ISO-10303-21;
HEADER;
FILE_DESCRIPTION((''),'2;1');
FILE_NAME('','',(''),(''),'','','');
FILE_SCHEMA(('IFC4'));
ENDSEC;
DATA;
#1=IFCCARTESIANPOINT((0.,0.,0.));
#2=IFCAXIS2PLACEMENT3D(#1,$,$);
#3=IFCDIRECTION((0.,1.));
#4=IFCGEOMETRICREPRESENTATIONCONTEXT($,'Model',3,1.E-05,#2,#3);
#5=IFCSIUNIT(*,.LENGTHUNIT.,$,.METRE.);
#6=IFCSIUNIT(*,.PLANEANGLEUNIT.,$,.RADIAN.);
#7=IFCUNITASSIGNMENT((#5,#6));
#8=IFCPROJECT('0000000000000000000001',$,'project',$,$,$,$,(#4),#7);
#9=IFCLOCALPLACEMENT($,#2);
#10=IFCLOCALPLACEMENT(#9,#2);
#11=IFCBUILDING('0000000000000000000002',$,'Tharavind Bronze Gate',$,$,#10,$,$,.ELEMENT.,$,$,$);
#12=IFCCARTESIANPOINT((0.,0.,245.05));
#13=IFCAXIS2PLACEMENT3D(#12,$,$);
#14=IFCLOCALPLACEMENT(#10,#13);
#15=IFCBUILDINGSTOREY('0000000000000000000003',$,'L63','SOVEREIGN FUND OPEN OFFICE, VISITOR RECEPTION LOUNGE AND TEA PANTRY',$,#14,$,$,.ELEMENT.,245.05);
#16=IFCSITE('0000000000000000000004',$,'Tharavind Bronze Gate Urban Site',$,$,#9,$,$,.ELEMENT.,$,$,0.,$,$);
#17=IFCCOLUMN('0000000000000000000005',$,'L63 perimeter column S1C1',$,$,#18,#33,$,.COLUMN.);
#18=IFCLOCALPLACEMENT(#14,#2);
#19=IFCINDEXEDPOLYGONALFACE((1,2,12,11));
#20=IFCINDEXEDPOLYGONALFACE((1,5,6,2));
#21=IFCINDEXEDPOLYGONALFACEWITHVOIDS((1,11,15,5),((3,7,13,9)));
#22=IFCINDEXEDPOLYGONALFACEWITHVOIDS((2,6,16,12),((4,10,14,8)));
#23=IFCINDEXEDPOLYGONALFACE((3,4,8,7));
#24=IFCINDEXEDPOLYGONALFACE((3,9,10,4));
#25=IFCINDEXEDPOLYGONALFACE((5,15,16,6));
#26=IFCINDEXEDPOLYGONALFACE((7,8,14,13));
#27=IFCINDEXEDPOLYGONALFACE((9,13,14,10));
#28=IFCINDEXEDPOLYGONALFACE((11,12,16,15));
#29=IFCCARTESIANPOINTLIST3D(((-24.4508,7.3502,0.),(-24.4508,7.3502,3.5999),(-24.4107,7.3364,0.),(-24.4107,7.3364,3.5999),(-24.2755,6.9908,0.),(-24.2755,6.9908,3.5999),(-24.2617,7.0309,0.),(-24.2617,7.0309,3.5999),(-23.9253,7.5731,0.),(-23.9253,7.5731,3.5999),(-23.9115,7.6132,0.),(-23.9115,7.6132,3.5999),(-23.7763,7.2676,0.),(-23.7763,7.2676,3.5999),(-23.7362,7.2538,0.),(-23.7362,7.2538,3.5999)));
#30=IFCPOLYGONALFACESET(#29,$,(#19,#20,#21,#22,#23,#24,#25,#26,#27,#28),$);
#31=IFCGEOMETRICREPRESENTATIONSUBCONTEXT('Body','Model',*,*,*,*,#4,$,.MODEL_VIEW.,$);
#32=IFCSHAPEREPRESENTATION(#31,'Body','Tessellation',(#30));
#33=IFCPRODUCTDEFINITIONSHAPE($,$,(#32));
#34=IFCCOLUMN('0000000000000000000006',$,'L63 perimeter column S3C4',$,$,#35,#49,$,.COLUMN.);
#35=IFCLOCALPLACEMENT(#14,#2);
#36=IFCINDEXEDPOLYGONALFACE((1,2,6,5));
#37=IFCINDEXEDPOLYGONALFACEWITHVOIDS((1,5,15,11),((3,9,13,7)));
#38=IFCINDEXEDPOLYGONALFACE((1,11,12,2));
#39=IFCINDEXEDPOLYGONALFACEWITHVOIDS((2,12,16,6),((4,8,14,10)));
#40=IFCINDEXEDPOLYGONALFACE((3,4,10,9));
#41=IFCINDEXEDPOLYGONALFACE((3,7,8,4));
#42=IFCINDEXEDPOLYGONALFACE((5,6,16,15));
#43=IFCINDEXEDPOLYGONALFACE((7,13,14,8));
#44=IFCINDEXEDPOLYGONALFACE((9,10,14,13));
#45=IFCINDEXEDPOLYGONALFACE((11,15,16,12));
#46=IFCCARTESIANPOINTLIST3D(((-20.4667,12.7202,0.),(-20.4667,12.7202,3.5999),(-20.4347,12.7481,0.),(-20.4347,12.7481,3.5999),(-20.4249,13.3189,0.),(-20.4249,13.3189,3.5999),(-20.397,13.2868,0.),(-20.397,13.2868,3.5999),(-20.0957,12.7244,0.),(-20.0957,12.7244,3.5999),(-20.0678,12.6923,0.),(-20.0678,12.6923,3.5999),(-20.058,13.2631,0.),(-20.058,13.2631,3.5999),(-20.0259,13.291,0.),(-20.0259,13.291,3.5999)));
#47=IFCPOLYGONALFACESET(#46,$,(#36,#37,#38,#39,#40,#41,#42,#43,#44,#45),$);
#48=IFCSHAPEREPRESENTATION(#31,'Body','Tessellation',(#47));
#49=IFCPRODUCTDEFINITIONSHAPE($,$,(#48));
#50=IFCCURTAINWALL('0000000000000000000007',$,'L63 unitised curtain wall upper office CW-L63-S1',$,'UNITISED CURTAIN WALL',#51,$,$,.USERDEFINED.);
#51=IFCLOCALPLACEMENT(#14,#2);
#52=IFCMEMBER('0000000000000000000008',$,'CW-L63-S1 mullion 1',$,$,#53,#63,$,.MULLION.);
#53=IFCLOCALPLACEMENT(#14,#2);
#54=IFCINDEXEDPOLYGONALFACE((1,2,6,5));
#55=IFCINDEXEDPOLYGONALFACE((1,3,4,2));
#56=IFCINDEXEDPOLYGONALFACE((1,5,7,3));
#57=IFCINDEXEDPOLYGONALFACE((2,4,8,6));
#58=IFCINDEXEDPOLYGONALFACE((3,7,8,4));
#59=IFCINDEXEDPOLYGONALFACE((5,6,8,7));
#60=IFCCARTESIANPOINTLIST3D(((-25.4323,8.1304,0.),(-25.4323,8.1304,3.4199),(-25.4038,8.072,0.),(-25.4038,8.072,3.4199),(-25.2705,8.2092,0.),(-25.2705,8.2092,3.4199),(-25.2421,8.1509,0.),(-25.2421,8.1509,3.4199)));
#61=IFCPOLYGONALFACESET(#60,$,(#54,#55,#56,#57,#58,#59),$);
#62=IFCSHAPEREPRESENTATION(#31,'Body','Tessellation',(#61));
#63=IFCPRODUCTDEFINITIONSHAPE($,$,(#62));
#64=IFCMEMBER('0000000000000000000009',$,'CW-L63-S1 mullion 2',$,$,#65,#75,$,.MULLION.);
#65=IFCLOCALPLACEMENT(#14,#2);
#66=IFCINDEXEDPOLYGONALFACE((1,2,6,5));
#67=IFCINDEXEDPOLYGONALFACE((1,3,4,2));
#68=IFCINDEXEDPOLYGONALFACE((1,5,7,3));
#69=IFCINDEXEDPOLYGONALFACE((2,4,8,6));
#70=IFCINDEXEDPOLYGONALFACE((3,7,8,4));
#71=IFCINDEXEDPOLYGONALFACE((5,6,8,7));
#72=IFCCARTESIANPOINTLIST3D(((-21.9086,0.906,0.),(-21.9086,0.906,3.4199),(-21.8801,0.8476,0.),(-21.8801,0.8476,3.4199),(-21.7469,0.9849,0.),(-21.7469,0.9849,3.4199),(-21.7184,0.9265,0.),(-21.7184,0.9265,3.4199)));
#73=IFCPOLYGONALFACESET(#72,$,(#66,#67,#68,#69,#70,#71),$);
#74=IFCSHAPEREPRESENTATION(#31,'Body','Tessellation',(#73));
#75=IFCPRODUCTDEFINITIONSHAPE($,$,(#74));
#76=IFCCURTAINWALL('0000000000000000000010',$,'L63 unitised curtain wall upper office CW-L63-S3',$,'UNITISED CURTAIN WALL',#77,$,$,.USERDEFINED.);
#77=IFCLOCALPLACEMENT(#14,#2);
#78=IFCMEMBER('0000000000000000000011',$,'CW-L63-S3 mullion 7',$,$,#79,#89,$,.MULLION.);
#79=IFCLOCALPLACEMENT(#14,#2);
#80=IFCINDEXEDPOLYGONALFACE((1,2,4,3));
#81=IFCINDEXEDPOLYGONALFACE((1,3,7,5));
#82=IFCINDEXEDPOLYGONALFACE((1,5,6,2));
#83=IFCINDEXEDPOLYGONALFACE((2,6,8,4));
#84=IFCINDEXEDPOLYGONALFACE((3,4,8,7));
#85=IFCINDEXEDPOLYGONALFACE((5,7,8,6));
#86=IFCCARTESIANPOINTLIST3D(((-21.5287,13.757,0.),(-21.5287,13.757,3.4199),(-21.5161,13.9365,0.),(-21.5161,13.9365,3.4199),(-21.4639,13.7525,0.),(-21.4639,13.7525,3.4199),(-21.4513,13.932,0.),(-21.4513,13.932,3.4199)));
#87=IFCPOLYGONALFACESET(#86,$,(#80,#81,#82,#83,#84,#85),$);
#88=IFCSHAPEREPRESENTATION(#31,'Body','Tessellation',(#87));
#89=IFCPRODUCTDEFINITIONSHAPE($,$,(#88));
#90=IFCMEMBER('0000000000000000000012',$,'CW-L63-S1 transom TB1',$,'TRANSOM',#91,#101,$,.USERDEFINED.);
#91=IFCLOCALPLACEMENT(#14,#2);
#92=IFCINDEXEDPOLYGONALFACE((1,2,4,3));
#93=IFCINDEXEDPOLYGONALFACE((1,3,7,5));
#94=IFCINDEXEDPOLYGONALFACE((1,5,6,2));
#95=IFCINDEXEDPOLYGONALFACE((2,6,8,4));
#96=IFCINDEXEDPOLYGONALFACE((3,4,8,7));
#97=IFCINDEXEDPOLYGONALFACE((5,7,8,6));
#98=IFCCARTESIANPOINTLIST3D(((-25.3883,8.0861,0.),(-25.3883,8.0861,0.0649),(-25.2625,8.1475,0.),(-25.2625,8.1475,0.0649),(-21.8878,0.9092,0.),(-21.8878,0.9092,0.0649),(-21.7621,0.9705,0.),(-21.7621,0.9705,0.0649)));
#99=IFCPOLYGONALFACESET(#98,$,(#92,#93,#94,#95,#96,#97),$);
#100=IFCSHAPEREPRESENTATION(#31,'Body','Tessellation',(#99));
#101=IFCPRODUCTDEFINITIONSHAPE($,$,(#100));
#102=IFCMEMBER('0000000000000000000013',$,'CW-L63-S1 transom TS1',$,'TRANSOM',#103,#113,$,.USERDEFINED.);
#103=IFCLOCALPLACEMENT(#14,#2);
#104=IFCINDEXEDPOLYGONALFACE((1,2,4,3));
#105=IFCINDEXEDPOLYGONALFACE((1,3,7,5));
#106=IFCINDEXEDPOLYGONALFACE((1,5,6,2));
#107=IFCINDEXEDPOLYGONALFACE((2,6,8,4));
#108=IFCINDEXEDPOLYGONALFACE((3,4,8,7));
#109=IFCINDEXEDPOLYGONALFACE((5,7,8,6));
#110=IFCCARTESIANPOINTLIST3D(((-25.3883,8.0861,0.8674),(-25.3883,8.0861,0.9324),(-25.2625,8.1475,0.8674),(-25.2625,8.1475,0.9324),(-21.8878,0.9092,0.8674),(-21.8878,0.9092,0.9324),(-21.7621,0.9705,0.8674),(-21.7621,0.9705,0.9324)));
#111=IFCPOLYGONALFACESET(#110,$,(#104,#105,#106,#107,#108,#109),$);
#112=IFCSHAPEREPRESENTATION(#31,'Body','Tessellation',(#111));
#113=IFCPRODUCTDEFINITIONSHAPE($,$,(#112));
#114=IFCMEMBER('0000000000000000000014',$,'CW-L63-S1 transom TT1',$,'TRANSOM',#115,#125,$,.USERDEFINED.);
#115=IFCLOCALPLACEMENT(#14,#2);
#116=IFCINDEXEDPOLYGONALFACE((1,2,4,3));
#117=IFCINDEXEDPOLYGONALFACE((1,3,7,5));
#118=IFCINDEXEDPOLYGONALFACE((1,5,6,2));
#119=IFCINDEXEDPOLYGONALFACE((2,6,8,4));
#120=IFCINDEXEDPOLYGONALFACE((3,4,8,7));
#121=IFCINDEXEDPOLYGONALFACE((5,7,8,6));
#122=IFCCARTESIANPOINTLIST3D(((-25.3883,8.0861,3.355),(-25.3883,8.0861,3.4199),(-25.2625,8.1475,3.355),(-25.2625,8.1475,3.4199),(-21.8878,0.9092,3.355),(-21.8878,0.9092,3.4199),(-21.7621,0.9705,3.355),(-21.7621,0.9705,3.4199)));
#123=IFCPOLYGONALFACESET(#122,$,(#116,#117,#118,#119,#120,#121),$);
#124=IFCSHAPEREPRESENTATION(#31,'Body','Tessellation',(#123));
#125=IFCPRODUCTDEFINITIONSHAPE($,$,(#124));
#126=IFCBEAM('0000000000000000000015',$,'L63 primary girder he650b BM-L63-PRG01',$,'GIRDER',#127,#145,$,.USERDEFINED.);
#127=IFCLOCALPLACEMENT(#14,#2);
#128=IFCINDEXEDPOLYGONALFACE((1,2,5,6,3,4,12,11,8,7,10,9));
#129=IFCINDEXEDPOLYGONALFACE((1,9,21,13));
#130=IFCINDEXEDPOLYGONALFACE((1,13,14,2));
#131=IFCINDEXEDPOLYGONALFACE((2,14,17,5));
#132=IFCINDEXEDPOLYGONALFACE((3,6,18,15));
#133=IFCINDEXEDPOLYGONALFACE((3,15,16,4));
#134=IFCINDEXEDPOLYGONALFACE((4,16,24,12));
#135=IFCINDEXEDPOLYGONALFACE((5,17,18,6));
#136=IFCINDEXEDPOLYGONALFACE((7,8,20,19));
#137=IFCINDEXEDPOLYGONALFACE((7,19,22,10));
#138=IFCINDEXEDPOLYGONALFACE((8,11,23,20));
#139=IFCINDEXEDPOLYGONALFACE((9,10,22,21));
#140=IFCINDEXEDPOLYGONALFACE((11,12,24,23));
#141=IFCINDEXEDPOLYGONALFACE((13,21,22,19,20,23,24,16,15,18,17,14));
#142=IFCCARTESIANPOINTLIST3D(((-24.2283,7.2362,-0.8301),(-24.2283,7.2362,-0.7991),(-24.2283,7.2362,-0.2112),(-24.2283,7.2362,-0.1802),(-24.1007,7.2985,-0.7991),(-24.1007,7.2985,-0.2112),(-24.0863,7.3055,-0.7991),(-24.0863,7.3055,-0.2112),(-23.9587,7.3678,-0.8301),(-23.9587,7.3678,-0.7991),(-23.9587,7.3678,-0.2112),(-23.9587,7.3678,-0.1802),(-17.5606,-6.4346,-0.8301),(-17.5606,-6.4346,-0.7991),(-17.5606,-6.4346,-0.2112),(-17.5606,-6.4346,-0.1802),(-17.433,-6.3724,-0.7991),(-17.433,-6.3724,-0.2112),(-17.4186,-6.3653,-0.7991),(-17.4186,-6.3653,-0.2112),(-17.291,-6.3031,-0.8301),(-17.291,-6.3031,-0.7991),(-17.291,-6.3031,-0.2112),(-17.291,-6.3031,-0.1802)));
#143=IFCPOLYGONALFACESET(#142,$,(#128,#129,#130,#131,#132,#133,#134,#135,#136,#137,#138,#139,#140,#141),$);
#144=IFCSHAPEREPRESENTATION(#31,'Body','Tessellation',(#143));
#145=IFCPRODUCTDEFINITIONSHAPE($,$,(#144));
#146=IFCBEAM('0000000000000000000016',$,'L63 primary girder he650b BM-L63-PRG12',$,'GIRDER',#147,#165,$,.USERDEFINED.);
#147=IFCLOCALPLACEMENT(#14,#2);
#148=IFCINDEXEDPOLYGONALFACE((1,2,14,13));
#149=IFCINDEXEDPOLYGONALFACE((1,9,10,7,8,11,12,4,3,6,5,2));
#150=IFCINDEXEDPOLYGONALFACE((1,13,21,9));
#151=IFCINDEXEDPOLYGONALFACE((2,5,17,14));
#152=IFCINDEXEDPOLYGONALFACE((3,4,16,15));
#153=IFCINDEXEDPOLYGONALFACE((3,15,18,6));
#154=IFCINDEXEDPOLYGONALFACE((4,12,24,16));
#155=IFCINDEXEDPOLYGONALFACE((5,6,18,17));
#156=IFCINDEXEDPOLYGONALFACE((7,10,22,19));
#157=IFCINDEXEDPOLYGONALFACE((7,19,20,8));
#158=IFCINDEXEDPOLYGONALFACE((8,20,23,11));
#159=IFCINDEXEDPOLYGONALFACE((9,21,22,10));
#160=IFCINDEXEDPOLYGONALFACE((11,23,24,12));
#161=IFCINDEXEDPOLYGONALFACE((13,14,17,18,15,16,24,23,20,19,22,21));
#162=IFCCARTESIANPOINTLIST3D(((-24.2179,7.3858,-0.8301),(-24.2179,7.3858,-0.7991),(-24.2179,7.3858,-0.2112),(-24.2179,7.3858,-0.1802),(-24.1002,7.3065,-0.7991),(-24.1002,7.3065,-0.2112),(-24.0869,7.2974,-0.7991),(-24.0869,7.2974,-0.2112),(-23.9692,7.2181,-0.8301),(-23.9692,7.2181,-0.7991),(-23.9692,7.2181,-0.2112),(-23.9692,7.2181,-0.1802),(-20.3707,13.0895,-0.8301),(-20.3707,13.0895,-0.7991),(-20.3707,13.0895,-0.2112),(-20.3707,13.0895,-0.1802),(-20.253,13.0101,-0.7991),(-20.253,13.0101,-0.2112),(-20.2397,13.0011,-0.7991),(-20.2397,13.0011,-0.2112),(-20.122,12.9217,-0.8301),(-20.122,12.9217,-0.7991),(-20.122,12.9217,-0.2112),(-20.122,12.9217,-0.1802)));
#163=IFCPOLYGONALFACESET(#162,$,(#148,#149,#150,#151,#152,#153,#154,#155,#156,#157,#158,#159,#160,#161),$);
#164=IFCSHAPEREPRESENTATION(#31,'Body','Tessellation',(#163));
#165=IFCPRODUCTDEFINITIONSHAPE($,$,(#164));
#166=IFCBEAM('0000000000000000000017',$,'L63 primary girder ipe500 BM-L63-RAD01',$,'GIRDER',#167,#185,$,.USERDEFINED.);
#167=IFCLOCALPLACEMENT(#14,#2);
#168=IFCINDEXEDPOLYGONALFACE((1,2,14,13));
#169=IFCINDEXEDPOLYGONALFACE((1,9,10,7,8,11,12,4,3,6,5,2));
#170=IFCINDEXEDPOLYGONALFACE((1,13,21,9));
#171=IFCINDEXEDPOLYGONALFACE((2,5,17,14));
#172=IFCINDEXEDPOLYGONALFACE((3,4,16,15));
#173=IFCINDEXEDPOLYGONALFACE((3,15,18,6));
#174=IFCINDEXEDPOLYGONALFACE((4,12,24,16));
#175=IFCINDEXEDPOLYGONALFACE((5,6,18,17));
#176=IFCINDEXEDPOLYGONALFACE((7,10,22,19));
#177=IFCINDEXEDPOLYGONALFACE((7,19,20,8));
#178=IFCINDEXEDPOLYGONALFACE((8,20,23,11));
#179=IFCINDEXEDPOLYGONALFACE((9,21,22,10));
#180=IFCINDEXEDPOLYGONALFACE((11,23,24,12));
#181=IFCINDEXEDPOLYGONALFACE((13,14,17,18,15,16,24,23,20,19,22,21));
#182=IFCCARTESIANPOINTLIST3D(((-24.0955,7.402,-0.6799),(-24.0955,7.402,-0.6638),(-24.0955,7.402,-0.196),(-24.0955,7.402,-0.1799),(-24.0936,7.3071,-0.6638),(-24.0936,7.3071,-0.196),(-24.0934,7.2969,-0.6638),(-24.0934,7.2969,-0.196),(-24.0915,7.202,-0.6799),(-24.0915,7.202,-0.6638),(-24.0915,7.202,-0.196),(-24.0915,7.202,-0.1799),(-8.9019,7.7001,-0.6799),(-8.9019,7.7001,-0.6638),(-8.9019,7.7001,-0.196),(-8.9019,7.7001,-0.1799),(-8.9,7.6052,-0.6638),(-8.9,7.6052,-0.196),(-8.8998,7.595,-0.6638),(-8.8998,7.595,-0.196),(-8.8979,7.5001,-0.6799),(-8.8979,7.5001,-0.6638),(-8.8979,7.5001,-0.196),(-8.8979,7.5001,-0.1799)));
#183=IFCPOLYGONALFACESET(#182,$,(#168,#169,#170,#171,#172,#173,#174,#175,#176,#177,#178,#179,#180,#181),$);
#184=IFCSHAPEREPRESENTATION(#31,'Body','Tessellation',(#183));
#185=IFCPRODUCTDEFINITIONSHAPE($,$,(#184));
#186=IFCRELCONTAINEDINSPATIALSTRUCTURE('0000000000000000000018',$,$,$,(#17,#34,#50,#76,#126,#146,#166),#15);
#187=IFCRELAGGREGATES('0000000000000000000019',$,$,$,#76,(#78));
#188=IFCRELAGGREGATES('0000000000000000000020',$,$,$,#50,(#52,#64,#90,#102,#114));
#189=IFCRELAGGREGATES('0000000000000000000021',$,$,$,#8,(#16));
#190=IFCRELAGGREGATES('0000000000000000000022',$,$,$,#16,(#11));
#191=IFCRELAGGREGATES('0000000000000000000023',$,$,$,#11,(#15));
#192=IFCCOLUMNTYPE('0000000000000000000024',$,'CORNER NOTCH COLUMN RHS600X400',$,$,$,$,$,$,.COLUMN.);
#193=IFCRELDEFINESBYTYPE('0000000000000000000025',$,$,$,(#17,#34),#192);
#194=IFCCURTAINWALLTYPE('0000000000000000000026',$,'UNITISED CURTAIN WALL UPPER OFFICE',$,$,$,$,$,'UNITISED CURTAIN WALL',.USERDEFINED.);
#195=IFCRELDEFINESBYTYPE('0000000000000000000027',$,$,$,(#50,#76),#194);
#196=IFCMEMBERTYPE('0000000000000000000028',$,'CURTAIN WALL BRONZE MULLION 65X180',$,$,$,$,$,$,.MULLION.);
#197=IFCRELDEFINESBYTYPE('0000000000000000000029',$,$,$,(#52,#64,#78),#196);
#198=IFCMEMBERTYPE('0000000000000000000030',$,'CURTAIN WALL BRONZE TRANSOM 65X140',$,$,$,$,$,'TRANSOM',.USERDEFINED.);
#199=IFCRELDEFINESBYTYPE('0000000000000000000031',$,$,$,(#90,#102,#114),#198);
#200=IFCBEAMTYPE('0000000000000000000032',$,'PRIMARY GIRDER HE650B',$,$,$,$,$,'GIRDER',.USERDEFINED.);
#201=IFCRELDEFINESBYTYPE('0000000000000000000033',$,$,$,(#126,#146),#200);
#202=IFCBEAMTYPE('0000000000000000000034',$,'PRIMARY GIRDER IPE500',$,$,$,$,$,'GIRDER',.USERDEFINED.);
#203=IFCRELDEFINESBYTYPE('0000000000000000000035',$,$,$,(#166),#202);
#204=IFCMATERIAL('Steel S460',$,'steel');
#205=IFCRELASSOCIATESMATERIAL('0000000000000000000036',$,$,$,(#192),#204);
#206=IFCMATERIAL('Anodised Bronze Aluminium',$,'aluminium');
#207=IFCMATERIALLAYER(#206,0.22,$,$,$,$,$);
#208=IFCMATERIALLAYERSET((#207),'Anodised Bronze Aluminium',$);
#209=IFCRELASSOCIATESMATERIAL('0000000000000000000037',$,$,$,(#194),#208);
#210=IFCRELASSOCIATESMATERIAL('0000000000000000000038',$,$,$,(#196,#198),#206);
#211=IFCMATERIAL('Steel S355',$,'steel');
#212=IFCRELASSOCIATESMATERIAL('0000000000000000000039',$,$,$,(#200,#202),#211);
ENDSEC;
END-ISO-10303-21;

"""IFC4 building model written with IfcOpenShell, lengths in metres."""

from ifc_helpers import new_model, si_unit, direction, frame, origin, origin_2d, place, context, subcontext, project, spatial, rectangle, hollow_rectangle, i_section, extrude, material, layer, layer_set, material_profile, profile_set, type_object, element, aggregate, save


model = new_model("IFC4")

# Units and contexts
model_context = context("Model", 3, precision=1e-05, world=origin(), true_north=direction((0.0, 1.0)))
body_context = subcontext(model_context, "Body", "Model", "MODEL_VIEW")
ifc_project = project(units=[si_unit("LENGTHUNIT", "METRE"), si_unit("PLANEANGLEUNIT", "RADIAN")], contexts=[model_context])

# Site, building, storey
site_placement = place(None, origin())
site = spatial("IfcSite", under=ifc_project, at=site_placement, Name="Tharavind Bronze Gate Urban Site", CompositionType="ELEMENT", RefElevation=0.0)
building_placement = place(site_placement, origin())
building = spatial("IfcBuilding", under=site, at=building_placement, Name="Tharavind Bronze Gate", CompositionType="ELEMENT")
storey_placement = place(building_placement, frame((0.0, 0.0, 245.05)))
storey = spatial("IfcBuildingStorey", under=building, at=storey_placement, Name="L63", Description="SOVEREIGN FUND OPEN OFFICE, VISITOR RECEPTION LOUNGE AND TEA PANTRY", CompositionType="ELEMENT", Elevation=245.05)

# Columns
ifc_material_1 = material(Name="Steel S460", Category="steel")
ifc_material_profile_1 = material_profile(ifc_material_1, hollow_rectangle(XDim=0.3999, YDim=0.6001, WallThickness=0.03, at=origin_2d()), Name="RHS600X400X30")
ifc_profile_set_1 = profile_set([ifc_material_profile_1], Name="Steel S460")
column_type = type_object("IfcColumnType", Name="CORNER NOTCH COLUMN RHS600X400", PredefinedType="COLUMN", material=ifc_profile_set_1)
for number, where, z_axis, x_axis, name in (
    (1, (-24.0935, 7.302, 0.0), (0.0, 0.0, 1.0), (-0.438371, 0.898794, 0.0), "L63 perimeter column S1C1"),
    (2, (-20.2463, 13.0056, 0.0), (0.0, 0.0, 1.0), (-0.997564, 0.069756, 0.0), "L63 perimeter column S3C4"),
):
    element("IfcColumn", number, at=place(storey_placement, frame(where, z_axis=z_axis, x_axis=x_axis)), inside=storey, type_object=column_type, Name=name, PredefinedType="COLUMN", context=body_context, shape_type="SweptSolid", body=[
        extrude(hollow_rectangle(XDim=0.3999, YDim=0.6001, WallThickness=0.03, at=origin_2d()), origin(), (0.0, 0.0, 1.0), 3.5999),
    ])

# Curtain wall, members
ifc_material_2 = material(Name="Anodised Bronze Aluminium", Category="aluminium")
ifc_layer_1 = layer(ifc_material_2, 0.22)
ifc_layer_set_1 = layer_set([ifc_layer_1], Name="Anodised Bronze Aluminium")
curtain_wall_type = type_object("IfcCurtainWallType", Name="UNITISED CURTAIN WALL UPPER OFFICE", ElementType="UNITISED CURTAIN WALL", PredefinedType="USERDEFINED", material=ifc_layer_set_1)
curtain_wall_1_placement = place(storey_placement, origin())
curtain_wall_1 = element("IfcCurtainWall", 3, at=curtain_wall_1_placement, inside=storey, type_object=curtain_wall_type, Name="L63 unitised curtain wall upper office CW-L63-S1", ObjectType="UNITISED CURTAIN WALL", PredefinedType="USERDEFINED")
member_type_1 = type_object("IfcMemberType", Name="CURTAIN WALL BRONZE MULLION 65X180", PredefinedType="MULLION", material=ifc_material_2)
member_1_placement = place(storey_placement, frame((-25.3372, 8.1406, 0.0), z_axis=(0.0, 0.0, 1.0), x_axis=(0.438371, -0.898794, 0.0)))
member_1 = element("IfcMember", 4, at=member_1_placement, type_object=member_type_1, Name="CW-L63-S1 mullion 1", PredefinedType="MULLION", context=body_context, shape_type="SweptSolid", body=[
    extrude(rectangle(XDim=0.0649, YDim=0.1799, at=origin_2d()), origin(), (0.0, 0.0, 1.0), 3.4199),
])
member_2_placement = place(storey_placement, frame((-21.8135, 0.9163, 0.0), z_axis=(0.0, 0.0, 1.0), x_axis=(0.438371, -0.898794, 0.0)))
member_2 = element("IfcMember", 5, at=member_2_placement, type_object=member_type_1, Name="CW-L63-S1 mullion 2", PredefinedType="MULLION", context=body_context, shape_type="SweptSolid", body=[
    extrude(rectangle(XDim=0.0649, YDim=0.1799, at=origin_2d()), origin(), (0.0, 0.0, 1.0), 3.4199),
])

# Curtain wall, member
curtain_wall_2_placement = place(storey_placement, origin())
curtain_wall_2 = element("IfcCurtainWall", 6, at=curtain_wall_2_placement, inside=storey, type_object=curtain_wall_type, Name="L63 unitised curtain wall upper office CW-L63-S3", ObjectType="UNITISED CURTAIN WALL", PredefinedType="USERDEFINED")
member_3_placement = place(storey_placement, frame((-21.49, 13.8445, 0.0), z_axis=(0.0, 0.0, 1.0), x_axis=(-0.997564, 0.069758, 0.0)))
member_3 = element("IfcMember", 7, at=member_3_placement, type_object=member_type_1, Name="CW-L63-S3 mullion 7", PredefinedType="MULLION", context=body_context, shape_type="SweptSolid", body=[
    extrude(rectangle(XDim=0.0649, YDim=0.1799, at=origin_2d()), origin(), (0.0, 0.0, 1.0), 3.4199),
])
aggregate(curtain_wall_2, [member_3])

# Members
member_type_2 = type_object("IfcMemberType", Name="CURTAIN WALL BRONZE TRANSOM 65X140", ElementType="TRANSOM", PredefinedType="USERDEFINED", material=ifc_material_2)
member_4_placement = place(storey_placement, frame((-23.5752, 4.5283, 0.0), z_axis=(0.0, 0.0, 1.0), x_axis=(0.438371, -0.898794, 0.0)))
member_4 = element("IfcMember", 8, at=member_4_placement, type_object=member_type_2, Name="CW-L63-S1 transom TB1", ObjectType="TRANSOM", PredefinedType="USERDEFINED", context=body_context, shape_type="SweptSolid", body=[
    extrude(rectangle(XDim=7.9851, YDim=0.1399, at=origin_2d()), origin(), (0.0, 0.0, 1.0), 0.0649),
])
member_5_placement = place(storey_placement, frame((-23.5752, 4.5283, 0.8674), z_axis=(0.0, 0.0, 1.0), x_axis=(0.438371, -0.898794, 0.0)))
member_5 = element("IfcMember", 9, at=member_5_placement, type_object=member_type_2, Name="CW-L63-S1 transom TS1", ObjectType="TRANSOM", PredefinedType="USERDEFINED", context=body_context, shape_type="SweptSolid", body=[
    extrude(rectangle(XDim=7.9851, YDim=0.1399, at=origin_2d()), origin(), (0.0, 0.0, 1.0), 0.0649),
])
member_6_placement = place(storey_placement, frame((-23.5752, 4.5283, 3.355), z_axis=(0.0, 0.0, 1.0), x_axis=(0.438371, -0.898794, 0.0)))
member_6 = element("IfcMember", 10, at=member_6_placement, type_object=member_type_2, Name="CW-L63-S1 transom TT1", ObjectType="TRANSOM", PredefinedType="USERDEFINED", context=body_context, shape_type="SweptSolid", body=[
    extrude(rectangle(XDim=7.9851, YDim=0.1399, at=origin_2d()), origin(), (0.0, 0.0, 1.0), 0.0649),
])

# Beams
ifc_material_3 = material(Name="Steel S355", Category="steel")
ifc_material_profile_2 = material_profile(ifc_material_3, i_section(OverallWidth=0.3, OverallDepth=0.6499, WebThickness=0.0161, FlangeThickness=0.031, at=origin_2d()), Name="HE650B")
ifc_profile_set_2 = profile_set([ifc_material_profile_2], Name="Steel S355")
beam_type_1 = type_object("IfcBeamType", Name="PRIMARY GIRDER HE650B", ElementType="GIRDER", PredefinedType="USERDEFINED", material=ifc_profile_set_2)
beam_1_placement = place(storey_placement, frame((-24.0935, 7.302, -0.5051), z_axis=(0.43837, -0.898795, 0.0), x_axis=(0.898795, 0.43837, 0.0)))
element("IfcBeam", 11, at=beam_1_placement, inside=storey, type_object=beam_type_1, Name="L63 primary girder he650b BM-L63-PRG01", ObjectType="GIRDER", PredefinedType="USERDEFINED", context=body_context, shape_type="SweptSolid", body=[
    extrude(i_section(OverallWidth=0.3, OverallDepth=0.6499, WebThickness=0.0161, FlangeThickness=0.031, at=origin_2d()), origin(), (0.0, 0.0, 1.0), 15.2102),
])
beam_2_placement = place(storey_placement, frame((-20.2463, 13.0056, -0.5051), z_axis=(-0.559196, -0.829035, 0.0), x_axis=(0.829035, -0.559196, 0.0)))
element("IfcBeam", 12, at=beam_2_placement, inside=storey, type_object=beam_type_1, Name="L63 primary girder he650b BM-L63-PRG12", ObjectType="GIRDER", PredefinedType="USERDEFINED", context=body_context, shape_type="SweptSolid", body=[
    extrude(i_section(OverallWidth=0.3, OverallDepth=0.6499, WebThickness=0.0161, FlangeThickness=0.031, at=origin_2d()), origin(), (0.0, 0.0, 1.0), 6.8799),
])
ifc_material_profile_3 = material_profile(ifc_material_3, i_section(OverallWidth=0.2, OverallDepth=0.5, WebThickness=0.0103, FlangeThickness=0.0161, at=origin_2d()), Name="IPE500")
ifc_profile_set_3 = profile_set([ifc_material_profile_3], Name="Steel S355")
beam_type_2 = type_object("IfcBeamType", Name="PRIMARY GIRDER IPE500", ElementType="GIRDER", PredefinedType="USERDEFINED", material=ifc_profile_set_3)
beam_3_placement = place(storey_placement, frame((-24.0935, 7.302, -0.4299), z_axis=(0.999808, 0.019616, 0.0), x_axis=(-0.019616, 0.999808, 0.0)))
element("IfcBeam", 13, at=beam_3_placement, inside=storey, type_object=beam_type_2, Name="L63 primary girder ipe500 BM-L63-RAD01", ObjectType="GIRDER", PredefinedType="USERDEFINED", context=body_context, shape_type="SweptSolid", body=[
    extrude(i_section(OverallWidth=0.2, OverallDepth=0.5, WebThickness=0.0103, FlangeThickness=0.0161, at=origin_2d()), origin(), (0.0, 0.0, 1.0), 15.1965),
])

aggregate(curtain_wall_1, [member_1, member_2, member_4, member_5, member_6])

save(model, "model.ifc")
